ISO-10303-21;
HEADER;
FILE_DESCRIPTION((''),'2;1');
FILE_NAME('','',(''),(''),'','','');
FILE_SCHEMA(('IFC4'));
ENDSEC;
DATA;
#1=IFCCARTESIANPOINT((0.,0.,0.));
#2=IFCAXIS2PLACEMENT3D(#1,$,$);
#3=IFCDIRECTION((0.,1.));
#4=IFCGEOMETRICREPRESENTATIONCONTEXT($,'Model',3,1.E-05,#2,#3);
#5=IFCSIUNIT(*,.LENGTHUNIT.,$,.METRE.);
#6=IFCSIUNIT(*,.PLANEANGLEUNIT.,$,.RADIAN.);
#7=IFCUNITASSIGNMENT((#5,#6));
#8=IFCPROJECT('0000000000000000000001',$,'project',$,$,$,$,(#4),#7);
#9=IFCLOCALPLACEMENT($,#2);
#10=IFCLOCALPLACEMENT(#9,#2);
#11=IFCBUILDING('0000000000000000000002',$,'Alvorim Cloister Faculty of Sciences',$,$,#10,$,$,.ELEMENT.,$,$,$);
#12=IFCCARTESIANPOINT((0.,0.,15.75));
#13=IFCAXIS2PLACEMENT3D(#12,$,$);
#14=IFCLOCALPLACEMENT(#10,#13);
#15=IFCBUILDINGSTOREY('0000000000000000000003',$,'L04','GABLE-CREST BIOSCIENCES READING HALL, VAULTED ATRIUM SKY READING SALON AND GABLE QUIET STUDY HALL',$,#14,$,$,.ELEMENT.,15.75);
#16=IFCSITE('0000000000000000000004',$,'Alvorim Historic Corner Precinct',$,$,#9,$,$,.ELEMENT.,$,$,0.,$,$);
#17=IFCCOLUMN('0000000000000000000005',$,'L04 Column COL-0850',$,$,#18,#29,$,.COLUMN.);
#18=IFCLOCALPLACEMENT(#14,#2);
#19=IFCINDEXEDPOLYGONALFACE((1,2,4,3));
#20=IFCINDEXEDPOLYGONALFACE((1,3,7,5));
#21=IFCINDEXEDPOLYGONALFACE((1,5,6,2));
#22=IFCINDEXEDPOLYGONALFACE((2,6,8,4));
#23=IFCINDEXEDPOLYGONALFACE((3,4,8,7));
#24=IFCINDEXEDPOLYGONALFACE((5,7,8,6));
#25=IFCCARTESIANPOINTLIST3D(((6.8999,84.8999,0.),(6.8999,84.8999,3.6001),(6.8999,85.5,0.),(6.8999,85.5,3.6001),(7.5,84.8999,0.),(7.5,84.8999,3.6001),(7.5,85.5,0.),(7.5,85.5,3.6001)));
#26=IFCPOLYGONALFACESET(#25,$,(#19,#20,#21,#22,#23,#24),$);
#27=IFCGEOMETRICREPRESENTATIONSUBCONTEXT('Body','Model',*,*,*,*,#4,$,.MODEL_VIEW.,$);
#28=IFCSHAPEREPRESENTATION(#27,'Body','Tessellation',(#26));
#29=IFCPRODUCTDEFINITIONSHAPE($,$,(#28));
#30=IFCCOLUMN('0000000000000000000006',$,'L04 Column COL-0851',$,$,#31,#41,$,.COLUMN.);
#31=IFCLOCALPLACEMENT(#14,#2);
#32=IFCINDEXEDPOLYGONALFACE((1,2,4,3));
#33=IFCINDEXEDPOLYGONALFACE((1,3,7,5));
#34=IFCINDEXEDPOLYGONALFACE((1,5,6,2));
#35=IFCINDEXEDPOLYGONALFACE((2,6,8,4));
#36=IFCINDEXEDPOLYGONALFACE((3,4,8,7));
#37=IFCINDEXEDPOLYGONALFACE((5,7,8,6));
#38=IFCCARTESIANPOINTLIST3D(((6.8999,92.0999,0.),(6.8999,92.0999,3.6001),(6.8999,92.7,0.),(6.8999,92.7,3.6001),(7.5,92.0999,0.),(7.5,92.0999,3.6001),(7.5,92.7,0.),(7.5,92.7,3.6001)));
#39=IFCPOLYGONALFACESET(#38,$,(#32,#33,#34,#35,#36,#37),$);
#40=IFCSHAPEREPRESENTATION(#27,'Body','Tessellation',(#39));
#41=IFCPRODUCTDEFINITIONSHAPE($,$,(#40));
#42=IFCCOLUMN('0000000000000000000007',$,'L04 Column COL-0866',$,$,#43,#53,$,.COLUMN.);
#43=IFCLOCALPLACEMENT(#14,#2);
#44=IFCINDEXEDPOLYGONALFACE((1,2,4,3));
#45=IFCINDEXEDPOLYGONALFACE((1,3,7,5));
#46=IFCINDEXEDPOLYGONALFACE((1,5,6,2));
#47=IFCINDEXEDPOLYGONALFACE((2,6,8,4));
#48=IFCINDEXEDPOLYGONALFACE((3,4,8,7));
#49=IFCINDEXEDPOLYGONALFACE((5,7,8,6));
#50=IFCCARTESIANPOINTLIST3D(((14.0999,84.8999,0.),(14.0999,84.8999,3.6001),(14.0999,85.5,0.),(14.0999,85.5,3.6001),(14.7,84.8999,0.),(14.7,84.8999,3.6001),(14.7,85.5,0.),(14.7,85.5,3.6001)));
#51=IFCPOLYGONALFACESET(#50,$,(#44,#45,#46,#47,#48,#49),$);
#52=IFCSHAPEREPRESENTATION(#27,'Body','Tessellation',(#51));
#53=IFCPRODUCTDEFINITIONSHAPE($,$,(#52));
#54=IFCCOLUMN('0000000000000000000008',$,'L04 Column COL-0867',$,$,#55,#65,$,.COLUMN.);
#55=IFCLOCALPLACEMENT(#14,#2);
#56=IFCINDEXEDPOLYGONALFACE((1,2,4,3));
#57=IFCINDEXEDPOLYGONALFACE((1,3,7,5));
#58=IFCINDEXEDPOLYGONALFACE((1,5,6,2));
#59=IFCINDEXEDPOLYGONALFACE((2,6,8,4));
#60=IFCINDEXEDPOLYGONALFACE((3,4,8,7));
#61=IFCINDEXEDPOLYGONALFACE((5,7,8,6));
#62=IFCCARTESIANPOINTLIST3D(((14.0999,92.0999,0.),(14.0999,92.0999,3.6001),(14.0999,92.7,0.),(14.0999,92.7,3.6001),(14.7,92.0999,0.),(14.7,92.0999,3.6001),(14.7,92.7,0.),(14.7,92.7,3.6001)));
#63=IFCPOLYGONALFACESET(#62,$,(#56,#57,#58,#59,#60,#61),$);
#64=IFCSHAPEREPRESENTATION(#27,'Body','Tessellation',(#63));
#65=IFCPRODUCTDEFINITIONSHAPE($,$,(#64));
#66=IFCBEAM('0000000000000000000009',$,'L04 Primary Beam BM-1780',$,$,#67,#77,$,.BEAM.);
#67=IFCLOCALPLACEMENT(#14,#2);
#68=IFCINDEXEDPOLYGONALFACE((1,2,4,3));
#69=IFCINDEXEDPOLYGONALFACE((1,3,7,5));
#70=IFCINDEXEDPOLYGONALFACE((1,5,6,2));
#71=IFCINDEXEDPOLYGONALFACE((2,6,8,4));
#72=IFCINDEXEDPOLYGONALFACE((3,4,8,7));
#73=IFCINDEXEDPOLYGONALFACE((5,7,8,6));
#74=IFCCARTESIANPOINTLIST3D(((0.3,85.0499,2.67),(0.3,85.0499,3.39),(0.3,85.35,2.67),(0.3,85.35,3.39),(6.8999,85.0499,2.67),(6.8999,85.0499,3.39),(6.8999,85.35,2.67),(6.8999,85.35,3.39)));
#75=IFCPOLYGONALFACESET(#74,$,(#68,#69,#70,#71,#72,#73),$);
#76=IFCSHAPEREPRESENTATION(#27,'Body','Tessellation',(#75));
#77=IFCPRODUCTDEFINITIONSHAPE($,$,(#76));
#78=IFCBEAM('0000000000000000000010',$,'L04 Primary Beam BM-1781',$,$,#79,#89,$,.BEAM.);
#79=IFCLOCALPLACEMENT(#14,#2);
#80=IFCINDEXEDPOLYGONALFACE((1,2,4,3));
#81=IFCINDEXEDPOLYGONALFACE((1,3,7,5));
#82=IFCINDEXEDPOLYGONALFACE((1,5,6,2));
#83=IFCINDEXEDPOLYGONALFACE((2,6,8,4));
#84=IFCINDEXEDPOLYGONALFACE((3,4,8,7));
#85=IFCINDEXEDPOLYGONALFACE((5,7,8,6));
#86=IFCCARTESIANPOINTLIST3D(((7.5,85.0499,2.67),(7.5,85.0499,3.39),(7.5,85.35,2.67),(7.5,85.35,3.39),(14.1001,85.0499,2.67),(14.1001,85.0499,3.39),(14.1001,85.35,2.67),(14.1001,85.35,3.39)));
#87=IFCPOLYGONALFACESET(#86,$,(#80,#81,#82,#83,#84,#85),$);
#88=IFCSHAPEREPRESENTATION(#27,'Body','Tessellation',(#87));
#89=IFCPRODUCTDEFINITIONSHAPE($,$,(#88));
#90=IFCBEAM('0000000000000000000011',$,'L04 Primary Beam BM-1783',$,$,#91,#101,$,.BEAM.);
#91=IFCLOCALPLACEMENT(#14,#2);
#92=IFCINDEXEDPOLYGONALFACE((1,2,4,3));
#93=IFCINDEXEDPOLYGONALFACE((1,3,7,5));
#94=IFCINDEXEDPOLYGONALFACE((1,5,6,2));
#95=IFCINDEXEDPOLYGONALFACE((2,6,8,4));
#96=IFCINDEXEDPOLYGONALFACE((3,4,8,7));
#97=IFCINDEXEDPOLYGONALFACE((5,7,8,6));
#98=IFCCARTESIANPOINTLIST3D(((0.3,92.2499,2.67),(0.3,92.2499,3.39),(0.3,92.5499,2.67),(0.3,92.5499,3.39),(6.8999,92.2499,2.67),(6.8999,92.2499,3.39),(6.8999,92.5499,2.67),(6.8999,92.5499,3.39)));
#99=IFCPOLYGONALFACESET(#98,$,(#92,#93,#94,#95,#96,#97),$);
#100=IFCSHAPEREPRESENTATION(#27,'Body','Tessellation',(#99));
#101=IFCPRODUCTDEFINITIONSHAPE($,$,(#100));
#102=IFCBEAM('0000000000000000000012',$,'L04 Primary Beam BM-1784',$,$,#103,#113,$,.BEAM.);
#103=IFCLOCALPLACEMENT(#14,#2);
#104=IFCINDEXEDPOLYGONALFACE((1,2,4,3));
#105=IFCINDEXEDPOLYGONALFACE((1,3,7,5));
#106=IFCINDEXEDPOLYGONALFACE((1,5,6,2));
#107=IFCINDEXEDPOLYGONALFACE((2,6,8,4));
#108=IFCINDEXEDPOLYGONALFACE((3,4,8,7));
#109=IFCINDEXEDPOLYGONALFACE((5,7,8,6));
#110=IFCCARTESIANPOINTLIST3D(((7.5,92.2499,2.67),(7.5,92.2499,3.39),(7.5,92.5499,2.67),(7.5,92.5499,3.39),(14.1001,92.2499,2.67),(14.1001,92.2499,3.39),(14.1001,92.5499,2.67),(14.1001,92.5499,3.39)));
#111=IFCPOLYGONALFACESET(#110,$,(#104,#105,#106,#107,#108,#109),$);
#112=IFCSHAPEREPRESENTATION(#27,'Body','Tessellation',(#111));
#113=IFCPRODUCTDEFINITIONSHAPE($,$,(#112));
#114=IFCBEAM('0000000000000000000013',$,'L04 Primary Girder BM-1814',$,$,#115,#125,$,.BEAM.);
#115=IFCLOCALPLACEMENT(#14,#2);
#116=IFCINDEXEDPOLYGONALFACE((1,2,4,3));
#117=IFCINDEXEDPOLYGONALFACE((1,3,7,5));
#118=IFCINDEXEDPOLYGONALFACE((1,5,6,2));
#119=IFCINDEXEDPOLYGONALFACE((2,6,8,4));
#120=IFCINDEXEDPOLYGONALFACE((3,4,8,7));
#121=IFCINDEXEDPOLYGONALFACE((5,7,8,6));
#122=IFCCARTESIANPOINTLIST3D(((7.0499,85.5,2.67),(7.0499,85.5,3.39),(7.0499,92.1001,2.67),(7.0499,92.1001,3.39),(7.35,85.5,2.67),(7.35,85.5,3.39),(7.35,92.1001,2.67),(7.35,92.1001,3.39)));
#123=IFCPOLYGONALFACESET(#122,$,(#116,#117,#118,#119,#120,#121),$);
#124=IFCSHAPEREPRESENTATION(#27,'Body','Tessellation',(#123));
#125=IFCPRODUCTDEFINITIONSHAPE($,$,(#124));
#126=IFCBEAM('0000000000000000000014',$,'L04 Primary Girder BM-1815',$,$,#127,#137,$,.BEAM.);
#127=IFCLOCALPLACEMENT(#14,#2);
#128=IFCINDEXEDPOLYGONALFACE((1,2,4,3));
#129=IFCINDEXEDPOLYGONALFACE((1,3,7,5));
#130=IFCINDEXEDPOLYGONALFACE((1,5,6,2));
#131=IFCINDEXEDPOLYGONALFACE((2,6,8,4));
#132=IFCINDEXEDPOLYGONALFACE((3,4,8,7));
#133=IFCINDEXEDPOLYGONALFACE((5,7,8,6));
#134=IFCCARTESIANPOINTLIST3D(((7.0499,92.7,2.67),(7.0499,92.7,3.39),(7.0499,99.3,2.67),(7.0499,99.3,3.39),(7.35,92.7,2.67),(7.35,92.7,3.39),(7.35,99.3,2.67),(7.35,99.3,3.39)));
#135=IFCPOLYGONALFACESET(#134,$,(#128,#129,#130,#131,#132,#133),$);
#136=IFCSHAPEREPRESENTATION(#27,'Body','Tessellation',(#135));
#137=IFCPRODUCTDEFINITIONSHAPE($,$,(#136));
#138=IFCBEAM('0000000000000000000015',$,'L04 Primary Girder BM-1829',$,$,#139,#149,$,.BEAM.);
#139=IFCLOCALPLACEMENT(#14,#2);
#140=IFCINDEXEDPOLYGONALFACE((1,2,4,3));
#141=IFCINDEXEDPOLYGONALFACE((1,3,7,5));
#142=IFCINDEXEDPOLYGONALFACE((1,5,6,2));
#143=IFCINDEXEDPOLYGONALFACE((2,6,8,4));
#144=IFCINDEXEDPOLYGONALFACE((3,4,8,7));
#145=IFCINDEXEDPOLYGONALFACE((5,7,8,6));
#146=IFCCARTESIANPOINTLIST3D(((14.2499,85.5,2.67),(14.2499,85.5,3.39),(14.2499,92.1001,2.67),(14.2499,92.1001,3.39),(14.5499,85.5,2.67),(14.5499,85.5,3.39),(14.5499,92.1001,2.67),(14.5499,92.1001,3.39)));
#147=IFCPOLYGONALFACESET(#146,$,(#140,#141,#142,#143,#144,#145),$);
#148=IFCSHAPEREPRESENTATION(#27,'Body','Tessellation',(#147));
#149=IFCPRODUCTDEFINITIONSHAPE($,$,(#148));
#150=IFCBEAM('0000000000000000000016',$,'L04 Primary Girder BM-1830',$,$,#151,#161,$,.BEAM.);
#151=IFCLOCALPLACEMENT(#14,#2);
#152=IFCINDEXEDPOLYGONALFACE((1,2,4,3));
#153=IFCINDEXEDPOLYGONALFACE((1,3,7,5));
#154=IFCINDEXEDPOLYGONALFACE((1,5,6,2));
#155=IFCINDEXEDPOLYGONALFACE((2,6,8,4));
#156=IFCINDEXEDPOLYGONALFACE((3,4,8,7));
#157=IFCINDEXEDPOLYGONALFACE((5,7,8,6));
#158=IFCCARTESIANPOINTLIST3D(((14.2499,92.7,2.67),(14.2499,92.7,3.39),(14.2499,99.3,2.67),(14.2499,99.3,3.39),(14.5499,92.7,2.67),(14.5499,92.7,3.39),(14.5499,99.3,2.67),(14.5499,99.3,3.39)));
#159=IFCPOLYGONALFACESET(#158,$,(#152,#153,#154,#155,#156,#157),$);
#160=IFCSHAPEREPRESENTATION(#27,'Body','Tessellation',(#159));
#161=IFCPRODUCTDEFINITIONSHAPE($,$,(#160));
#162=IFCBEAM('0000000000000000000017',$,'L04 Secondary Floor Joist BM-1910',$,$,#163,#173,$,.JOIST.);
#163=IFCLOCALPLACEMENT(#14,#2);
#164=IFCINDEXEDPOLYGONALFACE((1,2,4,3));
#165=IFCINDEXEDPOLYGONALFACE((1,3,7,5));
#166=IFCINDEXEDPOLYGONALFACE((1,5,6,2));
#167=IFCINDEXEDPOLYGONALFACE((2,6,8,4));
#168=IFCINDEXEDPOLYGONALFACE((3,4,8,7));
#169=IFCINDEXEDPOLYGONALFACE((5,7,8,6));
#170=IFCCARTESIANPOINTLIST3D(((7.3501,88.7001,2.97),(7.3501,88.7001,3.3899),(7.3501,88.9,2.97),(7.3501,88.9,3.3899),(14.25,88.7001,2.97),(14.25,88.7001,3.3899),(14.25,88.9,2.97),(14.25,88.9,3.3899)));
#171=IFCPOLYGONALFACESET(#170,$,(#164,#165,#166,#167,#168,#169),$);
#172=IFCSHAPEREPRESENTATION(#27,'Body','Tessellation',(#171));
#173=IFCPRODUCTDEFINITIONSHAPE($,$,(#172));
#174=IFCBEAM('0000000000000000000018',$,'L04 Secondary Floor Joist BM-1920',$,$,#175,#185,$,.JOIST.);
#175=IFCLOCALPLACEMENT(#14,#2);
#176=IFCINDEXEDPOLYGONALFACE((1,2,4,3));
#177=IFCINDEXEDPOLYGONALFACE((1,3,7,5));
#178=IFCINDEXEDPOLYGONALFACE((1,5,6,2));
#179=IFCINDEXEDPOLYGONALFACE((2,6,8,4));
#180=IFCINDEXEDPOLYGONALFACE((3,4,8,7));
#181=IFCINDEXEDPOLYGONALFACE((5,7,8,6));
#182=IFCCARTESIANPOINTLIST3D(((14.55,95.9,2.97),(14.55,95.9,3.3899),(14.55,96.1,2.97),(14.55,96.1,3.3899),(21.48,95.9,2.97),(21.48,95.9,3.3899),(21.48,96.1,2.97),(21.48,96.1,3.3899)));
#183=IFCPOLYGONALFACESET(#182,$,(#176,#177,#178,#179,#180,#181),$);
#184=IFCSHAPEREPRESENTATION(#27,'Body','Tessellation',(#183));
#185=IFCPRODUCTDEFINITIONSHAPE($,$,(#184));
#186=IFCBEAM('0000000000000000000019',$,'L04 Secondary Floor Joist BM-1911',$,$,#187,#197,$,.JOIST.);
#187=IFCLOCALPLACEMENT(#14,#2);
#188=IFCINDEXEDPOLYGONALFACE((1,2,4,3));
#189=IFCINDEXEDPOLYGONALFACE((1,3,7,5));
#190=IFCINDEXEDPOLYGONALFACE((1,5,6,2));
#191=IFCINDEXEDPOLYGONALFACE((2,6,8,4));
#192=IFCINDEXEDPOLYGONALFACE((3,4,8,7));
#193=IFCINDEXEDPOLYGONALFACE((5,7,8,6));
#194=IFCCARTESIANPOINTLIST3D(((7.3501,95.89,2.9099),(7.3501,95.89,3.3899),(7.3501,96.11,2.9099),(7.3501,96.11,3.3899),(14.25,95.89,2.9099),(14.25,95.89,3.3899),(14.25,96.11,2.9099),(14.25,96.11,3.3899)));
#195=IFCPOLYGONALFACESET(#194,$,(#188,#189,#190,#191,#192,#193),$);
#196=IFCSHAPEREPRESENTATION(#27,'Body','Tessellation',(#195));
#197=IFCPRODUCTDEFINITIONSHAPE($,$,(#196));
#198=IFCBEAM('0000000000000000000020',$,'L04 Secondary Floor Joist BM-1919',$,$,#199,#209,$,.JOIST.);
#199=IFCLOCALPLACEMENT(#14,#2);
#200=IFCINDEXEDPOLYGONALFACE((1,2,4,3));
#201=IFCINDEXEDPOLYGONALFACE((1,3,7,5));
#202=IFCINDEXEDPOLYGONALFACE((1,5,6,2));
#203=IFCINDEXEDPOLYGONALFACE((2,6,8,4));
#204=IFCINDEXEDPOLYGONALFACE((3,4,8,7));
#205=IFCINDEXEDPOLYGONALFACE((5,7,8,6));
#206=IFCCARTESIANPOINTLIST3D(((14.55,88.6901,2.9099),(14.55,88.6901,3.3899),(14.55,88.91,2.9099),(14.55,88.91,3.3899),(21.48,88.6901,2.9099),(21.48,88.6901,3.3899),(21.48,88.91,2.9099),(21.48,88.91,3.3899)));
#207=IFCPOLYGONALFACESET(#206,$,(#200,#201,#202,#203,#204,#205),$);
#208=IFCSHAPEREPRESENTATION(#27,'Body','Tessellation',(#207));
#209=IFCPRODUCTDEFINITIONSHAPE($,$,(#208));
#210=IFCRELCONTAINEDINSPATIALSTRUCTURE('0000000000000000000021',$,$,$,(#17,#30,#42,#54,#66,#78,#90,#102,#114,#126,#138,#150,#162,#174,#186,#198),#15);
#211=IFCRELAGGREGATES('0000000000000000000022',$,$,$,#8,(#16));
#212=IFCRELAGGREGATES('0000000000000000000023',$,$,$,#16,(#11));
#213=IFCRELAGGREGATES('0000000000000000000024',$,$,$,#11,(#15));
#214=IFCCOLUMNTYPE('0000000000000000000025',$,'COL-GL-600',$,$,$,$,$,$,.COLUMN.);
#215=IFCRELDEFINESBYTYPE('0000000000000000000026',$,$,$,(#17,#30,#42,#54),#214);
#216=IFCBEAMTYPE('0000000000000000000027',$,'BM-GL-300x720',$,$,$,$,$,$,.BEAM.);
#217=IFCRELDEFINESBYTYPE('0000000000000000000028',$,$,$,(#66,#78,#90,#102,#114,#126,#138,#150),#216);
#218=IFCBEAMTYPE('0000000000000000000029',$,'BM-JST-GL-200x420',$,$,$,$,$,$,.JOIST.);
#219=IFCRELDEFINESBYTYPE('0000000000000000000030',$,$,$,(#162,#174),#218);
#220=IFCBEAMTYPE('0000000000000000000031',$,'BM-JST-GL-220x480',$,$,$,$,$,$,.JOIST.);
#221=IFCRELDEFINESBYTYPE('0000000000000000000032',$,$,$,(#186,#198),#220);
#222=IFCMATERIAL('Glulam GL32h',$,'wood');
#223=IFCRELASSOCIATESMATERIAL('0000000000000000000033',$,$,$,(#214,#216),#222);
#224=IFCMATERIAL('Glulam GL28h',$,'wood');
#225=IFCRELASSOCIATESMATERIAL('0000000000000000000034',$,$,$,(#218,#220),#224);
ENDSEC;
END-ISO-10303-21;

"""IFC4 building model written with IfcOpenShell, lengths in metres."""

from ifc_helpers import new_model, si_unit, direction, frame, origin, origin_2d, place, context, subcontext, project, spatial, rectangle, extrude, material, material_profile, profile_set, type_object, element, save


model = new_model("IFC4")

# Units and contexts
model_context = context("Model", 3, precision=1e-05, world=origin(), true_north=direction((0.0, 1.0)))
body_context = subcontext(model_context, "Body", "Model", "MODEL_VIEW")
ifc_project = project(units=[si_unit("LENGTHUNIT", "METRE"), si_unit("PLANEANGLEUNIT", "RADIAN")], contexts=[model_context])

# Site, building, storey
site_placement = place(None, origin())
site = spatial("IfcSite", under=ifc_project, at=site_placement, Name="Alvorim Historic Corner Precinct", CompositionType="ELEMENT", RefElevation=0.0)
building_placement = place(site_placement, origin())
building = spatial("IfcBuilding", under=site, at=building_placement, Name="Alvorim Cloister Faculty of Sciences", CompositionType="ELEMENT")
storey_placement = place(building_placement, frame((0.0, 0.0, 15.75)))
storey = spatial("IfcBuildingStorey", under=building, at=storey_placement, Name="L04", Description="GABLE-CREST BIOSCIENCES READING HALL, VAULTED ATRIUM SKY READING SALON AND GABLE QUIET STUDY HALL", CompositionType="ELEMENT", Elevation=15.75)

# Columns
ifc_material_1 = material(Name="Glulam GL32h", Category="wood")
ifc_material_profile_1 = material_profile(ifc_material_1, rectangle(XDim=0.6001, YDim=0.6001, at=origin_2d()), Name="GL32-COL-600x600")
ifc_profile_set_1 = profile_set([ifc_material_profile_1], Name="Glulam GL32h")
column_type = type_object("IfcColumnType", Name="COL-GL-600", PredefinedType="COLUMN", material=ifc_profile_set_1)
for number, where, z_axis, x_axis, name in (
    (1, (7.2, 85.2, 0.0), (0.0, 0.0, 1.0), (1.0, 0.0, 0.0), "L04 Column COL-0850"),
    (2, (7.2, 92.3999, 0.0), (0.0, 0.0, 1.0), (1.0, 0.0, 0.0), "L04 Column COL-0851"),
    (3, (14.3999, 85.2, 0.0), (0.0, 0.0, 1.0), (1.0, 0.0, 0.0), "L04 Column COL-0866"),
    (4, (14.3999, 92.3999, 0.0), (0.0, 0.0, 1.0), (1.0, 0.0, 0.0), "L04 Column COL-0867"),
):
    element("IfcColumn", number, at=place(storey_placement, frame(where, z_axis=z_axis, x_axis=x_axis)), inside=storey, type_object=column_type, Name=name, PredefinedType="COLUMN", context=body_context, shape_type="SweptSolid", body=[
        extrude(rectangle(XDim=0.6001, YDim=0.6001, at=origin_2d()), origin(), (0.0, 0.0, 1.0), 3.6001),
    ])

# Beams
ifc_material_profile_2 = material_profile(ifc_material_1, rectangle(XDim=0.3, YDim=0.72, at=origin_2d()), Name="GL32-BM-300x720")
ifc_profile_set_2 = profile_set([ifc_material_profile_2], Name="Glulam GL32h")
beam_type_1 = type_object("IfcBeamType", Name="BM-GL-300x720", PredefinedType="BEAM", material=ifc_profile_set_2)
beam_1_placement = place(storey_placement, frame((0.3, 85.2, 3.03), z_axis=(1.0, 0.0, 0.0), x_axis=(0.0, 1.0, 0.0)))
element("IfcBeam", 5, at=beam_1_placement, inside=storey, type_object=beam_type_1, Name="L04 Primary Beam BM-1780", PredefinedType="BEAM", context=body_context, shape_type="SweptSolid", body=[
    extrude(rectangle(XDim=0.3, YDim=0.72, at=origin_2d()), origin(), (0.0, 0.0, 1.0), 6.5999),
])
beam_2_placement = place(storey_placement, frame((7.5, 85.2, 3.03), z_axis=(1.0, 0.0, 0.0), x_axis=(0.0, 1.0, 0.0)))
element("IfcBeam", 6, at=beam_2_placement, inside=storey, type_object=beam_type_1, Name="L04 Primary Beam BM-1781", PredefinedType="BEAM", context=body_context, shape_type="SweptSolid", body=[
    extrude(rectangle(XDim=0.3, YDim=0.72, at=origin_2d()), origin(), (0.0, 0.0, 1.0), 6.6001),
])
beam_3_placement = place(storey_placement, frame((0.3, 92.3999, 3.03), z_axis=(1.0, 0.0, 0.0), x_axis=(0.0, 1.0, 0.0)))
element("IfcBeam", 7, at=beam_3_placement, inside=storey, type_object=beam_type_1, Name="L04 Primary Beam BM-1783", PredefinedType="BEAM", context=body_context, shape_type="SweptSolid", body=[
    extrude(rectangle(XDim=0.3, YDim=0.72, at=origin_2d()), origin(), (0.0, 0.0, 1.0), 6.5999),
])
for number, where, z_axis, x_axis, name in (
    (8, (7.5, 92.3999, 3.03), (1.0, 0.0, 0.0), (0.0, 1.0, 0.0), "L04 Primary Beam BM-1784"),
    (9, (7.2, 85.5, 3.03), (0.0, 1.0, 0.0), (-1.0, 0.0, 0.0), "L04 Primary Girder BM-1814"),
    (10, (7.2, 92.7, 3.03), (0.0, 1.0, 0.0), (-1.0, 0.0, 0.0), "L04 Primary Girder BM-1815"),
    (11, (14.3999, 85.5, 3.03), (0.0, 1.0, 0.0), (-1.0, 0.0, 0.0), "L04 Primary Girder BM-1829"),
    (12, (14.3999, 92.7, 3.03), (0.0, 1.0, 0.0), (-1.0, 0.0, 0.0), "L04 Primary Girder BM-1830"),
):
    element("IfcBeam", number, at=place(storey_placement, frame(where, z_axis=z_axis, x_axis=x_axis)), inside=storey, type_object=beam_type_1, Name=name, PredefinedType="BEAM", context=body_context, shape_type="SweptSolid", body=[
        extrude(rectangle(XDim=0.3, YDim=0.72, at=origin_2d()), origin(), (0.0, 0.0, 1.0), 6.6001),
    ])
ifc_material_2 = material(Name="Glulam GL28h", Category="wood")
ifc_material_profile_3 = material_profile(ifc_material_2, rectangle(XDim=0.2, YDim=0.4199, at=origin_2d()), Name="GL28-JST-200x420")
ifc_profile_set_3 = profile_set([ifc_material_profile_3], Name="Glulam GL28h")
beam_type_2 = type_object("IfcBeamType", Name="BM-JST-GL-200x420", PredefinedType="JOIST", material=ifc_profile_set_3)
beam_4_placement = place(storey_placement, frame((7.3501, 88.8, 3.1799), z_axis=(1.0, 0.0, 0.0), x_axis=(0.0, 1.0, 0.0)))
element("IfcBeam", 13, at=beam_4_placement, inside=storey, type_object=beam_type_2, Name="L04 Secondary Floor Joist BM-1910", PredefinedType="JOIST", context=body_context, shape_type="SweptSolid", body=[
    extrude(rectangle(XDim=0.2, YDim=0.4199, at=origin_2d()), origin(), (0.0, 0.0, 1.0), 6.8999),
])
beam_5_placement = place(storey_placement, frame((14.55, 96.0, 3.1799), z_axis=(1.0, 0.0, 0.0), x_axis=(0.0, 1.0, 0.0)))
element("IfcBeam", 14, at=beam_5_placement, inside=storey, type_object=beam_type_2, Name="L04 Secondary Floor Joist BM-1920", PredefinedType="JOIST", context=body_context, shape_type="SweptSolid", body=[
    extrude(rectangle(XDim=0.2, YDim=0.4199, at=origin_2d()), origin(), (0.0, 0.0, 1.0), 6.9299),
])
ifc_material_profile_4 = material_profile(ifc_material_2, rectangle(XDim=0.22, YDim=0.48, at=origin_2d()), Name="GL28-JST-220x480")
ifc_profile_set_4 = profile_set([ifc_material_profile_4], Name="Glulam GL28h")
beam_type_3 = type_object("IfcBeamType", Name="BM-JST-GL-220x480", PredefinedType="JOIST", material=ifc_profile_set_4)
beam_6_placement = place(storey_placement, frame((7.3501, 96.0, 3.1499), z_axis=(1.0, 0.0, 0.0), x_axis=(0.0, 1.0, 0.0)))
element("IfcBeam", 15, at=beam_6_placement, inside=storey, type_object=beam_type_3, Name="L04 Secondary Floor Joist BM-1911", PredefinedType="JOIST", context=body_context, shape_type="SweptSolid", body=[
    extrude(rectangle(XDim=0.22, YDim=0.48, at=origin_2d()), origin(), (0.0, 0.0, 1.0), 6.8999),
])
beam_7_placement = place(storey_placement, frame((14.55, 88.8, 3.1499), z_axis=(1.0, 0.0, 0.0), x_axis=(0.0, 1.0, 0.0)))
element("IfcBeam", 16, at=beam_7_placement, inside=storey, type_object=beam_type_3, Name="L04 Secondary Floor Joist BM-1919", PredefinedType="JOIST", context=body_context, shape_type="SweptSolid", body=[
    extrude(rectangle(XDim=0.22, YDim=0.48, at=origin_2d()), origin(), (0.0, 0.0, 1.0), 6.9299),
])

save(model, "model.ifc")
